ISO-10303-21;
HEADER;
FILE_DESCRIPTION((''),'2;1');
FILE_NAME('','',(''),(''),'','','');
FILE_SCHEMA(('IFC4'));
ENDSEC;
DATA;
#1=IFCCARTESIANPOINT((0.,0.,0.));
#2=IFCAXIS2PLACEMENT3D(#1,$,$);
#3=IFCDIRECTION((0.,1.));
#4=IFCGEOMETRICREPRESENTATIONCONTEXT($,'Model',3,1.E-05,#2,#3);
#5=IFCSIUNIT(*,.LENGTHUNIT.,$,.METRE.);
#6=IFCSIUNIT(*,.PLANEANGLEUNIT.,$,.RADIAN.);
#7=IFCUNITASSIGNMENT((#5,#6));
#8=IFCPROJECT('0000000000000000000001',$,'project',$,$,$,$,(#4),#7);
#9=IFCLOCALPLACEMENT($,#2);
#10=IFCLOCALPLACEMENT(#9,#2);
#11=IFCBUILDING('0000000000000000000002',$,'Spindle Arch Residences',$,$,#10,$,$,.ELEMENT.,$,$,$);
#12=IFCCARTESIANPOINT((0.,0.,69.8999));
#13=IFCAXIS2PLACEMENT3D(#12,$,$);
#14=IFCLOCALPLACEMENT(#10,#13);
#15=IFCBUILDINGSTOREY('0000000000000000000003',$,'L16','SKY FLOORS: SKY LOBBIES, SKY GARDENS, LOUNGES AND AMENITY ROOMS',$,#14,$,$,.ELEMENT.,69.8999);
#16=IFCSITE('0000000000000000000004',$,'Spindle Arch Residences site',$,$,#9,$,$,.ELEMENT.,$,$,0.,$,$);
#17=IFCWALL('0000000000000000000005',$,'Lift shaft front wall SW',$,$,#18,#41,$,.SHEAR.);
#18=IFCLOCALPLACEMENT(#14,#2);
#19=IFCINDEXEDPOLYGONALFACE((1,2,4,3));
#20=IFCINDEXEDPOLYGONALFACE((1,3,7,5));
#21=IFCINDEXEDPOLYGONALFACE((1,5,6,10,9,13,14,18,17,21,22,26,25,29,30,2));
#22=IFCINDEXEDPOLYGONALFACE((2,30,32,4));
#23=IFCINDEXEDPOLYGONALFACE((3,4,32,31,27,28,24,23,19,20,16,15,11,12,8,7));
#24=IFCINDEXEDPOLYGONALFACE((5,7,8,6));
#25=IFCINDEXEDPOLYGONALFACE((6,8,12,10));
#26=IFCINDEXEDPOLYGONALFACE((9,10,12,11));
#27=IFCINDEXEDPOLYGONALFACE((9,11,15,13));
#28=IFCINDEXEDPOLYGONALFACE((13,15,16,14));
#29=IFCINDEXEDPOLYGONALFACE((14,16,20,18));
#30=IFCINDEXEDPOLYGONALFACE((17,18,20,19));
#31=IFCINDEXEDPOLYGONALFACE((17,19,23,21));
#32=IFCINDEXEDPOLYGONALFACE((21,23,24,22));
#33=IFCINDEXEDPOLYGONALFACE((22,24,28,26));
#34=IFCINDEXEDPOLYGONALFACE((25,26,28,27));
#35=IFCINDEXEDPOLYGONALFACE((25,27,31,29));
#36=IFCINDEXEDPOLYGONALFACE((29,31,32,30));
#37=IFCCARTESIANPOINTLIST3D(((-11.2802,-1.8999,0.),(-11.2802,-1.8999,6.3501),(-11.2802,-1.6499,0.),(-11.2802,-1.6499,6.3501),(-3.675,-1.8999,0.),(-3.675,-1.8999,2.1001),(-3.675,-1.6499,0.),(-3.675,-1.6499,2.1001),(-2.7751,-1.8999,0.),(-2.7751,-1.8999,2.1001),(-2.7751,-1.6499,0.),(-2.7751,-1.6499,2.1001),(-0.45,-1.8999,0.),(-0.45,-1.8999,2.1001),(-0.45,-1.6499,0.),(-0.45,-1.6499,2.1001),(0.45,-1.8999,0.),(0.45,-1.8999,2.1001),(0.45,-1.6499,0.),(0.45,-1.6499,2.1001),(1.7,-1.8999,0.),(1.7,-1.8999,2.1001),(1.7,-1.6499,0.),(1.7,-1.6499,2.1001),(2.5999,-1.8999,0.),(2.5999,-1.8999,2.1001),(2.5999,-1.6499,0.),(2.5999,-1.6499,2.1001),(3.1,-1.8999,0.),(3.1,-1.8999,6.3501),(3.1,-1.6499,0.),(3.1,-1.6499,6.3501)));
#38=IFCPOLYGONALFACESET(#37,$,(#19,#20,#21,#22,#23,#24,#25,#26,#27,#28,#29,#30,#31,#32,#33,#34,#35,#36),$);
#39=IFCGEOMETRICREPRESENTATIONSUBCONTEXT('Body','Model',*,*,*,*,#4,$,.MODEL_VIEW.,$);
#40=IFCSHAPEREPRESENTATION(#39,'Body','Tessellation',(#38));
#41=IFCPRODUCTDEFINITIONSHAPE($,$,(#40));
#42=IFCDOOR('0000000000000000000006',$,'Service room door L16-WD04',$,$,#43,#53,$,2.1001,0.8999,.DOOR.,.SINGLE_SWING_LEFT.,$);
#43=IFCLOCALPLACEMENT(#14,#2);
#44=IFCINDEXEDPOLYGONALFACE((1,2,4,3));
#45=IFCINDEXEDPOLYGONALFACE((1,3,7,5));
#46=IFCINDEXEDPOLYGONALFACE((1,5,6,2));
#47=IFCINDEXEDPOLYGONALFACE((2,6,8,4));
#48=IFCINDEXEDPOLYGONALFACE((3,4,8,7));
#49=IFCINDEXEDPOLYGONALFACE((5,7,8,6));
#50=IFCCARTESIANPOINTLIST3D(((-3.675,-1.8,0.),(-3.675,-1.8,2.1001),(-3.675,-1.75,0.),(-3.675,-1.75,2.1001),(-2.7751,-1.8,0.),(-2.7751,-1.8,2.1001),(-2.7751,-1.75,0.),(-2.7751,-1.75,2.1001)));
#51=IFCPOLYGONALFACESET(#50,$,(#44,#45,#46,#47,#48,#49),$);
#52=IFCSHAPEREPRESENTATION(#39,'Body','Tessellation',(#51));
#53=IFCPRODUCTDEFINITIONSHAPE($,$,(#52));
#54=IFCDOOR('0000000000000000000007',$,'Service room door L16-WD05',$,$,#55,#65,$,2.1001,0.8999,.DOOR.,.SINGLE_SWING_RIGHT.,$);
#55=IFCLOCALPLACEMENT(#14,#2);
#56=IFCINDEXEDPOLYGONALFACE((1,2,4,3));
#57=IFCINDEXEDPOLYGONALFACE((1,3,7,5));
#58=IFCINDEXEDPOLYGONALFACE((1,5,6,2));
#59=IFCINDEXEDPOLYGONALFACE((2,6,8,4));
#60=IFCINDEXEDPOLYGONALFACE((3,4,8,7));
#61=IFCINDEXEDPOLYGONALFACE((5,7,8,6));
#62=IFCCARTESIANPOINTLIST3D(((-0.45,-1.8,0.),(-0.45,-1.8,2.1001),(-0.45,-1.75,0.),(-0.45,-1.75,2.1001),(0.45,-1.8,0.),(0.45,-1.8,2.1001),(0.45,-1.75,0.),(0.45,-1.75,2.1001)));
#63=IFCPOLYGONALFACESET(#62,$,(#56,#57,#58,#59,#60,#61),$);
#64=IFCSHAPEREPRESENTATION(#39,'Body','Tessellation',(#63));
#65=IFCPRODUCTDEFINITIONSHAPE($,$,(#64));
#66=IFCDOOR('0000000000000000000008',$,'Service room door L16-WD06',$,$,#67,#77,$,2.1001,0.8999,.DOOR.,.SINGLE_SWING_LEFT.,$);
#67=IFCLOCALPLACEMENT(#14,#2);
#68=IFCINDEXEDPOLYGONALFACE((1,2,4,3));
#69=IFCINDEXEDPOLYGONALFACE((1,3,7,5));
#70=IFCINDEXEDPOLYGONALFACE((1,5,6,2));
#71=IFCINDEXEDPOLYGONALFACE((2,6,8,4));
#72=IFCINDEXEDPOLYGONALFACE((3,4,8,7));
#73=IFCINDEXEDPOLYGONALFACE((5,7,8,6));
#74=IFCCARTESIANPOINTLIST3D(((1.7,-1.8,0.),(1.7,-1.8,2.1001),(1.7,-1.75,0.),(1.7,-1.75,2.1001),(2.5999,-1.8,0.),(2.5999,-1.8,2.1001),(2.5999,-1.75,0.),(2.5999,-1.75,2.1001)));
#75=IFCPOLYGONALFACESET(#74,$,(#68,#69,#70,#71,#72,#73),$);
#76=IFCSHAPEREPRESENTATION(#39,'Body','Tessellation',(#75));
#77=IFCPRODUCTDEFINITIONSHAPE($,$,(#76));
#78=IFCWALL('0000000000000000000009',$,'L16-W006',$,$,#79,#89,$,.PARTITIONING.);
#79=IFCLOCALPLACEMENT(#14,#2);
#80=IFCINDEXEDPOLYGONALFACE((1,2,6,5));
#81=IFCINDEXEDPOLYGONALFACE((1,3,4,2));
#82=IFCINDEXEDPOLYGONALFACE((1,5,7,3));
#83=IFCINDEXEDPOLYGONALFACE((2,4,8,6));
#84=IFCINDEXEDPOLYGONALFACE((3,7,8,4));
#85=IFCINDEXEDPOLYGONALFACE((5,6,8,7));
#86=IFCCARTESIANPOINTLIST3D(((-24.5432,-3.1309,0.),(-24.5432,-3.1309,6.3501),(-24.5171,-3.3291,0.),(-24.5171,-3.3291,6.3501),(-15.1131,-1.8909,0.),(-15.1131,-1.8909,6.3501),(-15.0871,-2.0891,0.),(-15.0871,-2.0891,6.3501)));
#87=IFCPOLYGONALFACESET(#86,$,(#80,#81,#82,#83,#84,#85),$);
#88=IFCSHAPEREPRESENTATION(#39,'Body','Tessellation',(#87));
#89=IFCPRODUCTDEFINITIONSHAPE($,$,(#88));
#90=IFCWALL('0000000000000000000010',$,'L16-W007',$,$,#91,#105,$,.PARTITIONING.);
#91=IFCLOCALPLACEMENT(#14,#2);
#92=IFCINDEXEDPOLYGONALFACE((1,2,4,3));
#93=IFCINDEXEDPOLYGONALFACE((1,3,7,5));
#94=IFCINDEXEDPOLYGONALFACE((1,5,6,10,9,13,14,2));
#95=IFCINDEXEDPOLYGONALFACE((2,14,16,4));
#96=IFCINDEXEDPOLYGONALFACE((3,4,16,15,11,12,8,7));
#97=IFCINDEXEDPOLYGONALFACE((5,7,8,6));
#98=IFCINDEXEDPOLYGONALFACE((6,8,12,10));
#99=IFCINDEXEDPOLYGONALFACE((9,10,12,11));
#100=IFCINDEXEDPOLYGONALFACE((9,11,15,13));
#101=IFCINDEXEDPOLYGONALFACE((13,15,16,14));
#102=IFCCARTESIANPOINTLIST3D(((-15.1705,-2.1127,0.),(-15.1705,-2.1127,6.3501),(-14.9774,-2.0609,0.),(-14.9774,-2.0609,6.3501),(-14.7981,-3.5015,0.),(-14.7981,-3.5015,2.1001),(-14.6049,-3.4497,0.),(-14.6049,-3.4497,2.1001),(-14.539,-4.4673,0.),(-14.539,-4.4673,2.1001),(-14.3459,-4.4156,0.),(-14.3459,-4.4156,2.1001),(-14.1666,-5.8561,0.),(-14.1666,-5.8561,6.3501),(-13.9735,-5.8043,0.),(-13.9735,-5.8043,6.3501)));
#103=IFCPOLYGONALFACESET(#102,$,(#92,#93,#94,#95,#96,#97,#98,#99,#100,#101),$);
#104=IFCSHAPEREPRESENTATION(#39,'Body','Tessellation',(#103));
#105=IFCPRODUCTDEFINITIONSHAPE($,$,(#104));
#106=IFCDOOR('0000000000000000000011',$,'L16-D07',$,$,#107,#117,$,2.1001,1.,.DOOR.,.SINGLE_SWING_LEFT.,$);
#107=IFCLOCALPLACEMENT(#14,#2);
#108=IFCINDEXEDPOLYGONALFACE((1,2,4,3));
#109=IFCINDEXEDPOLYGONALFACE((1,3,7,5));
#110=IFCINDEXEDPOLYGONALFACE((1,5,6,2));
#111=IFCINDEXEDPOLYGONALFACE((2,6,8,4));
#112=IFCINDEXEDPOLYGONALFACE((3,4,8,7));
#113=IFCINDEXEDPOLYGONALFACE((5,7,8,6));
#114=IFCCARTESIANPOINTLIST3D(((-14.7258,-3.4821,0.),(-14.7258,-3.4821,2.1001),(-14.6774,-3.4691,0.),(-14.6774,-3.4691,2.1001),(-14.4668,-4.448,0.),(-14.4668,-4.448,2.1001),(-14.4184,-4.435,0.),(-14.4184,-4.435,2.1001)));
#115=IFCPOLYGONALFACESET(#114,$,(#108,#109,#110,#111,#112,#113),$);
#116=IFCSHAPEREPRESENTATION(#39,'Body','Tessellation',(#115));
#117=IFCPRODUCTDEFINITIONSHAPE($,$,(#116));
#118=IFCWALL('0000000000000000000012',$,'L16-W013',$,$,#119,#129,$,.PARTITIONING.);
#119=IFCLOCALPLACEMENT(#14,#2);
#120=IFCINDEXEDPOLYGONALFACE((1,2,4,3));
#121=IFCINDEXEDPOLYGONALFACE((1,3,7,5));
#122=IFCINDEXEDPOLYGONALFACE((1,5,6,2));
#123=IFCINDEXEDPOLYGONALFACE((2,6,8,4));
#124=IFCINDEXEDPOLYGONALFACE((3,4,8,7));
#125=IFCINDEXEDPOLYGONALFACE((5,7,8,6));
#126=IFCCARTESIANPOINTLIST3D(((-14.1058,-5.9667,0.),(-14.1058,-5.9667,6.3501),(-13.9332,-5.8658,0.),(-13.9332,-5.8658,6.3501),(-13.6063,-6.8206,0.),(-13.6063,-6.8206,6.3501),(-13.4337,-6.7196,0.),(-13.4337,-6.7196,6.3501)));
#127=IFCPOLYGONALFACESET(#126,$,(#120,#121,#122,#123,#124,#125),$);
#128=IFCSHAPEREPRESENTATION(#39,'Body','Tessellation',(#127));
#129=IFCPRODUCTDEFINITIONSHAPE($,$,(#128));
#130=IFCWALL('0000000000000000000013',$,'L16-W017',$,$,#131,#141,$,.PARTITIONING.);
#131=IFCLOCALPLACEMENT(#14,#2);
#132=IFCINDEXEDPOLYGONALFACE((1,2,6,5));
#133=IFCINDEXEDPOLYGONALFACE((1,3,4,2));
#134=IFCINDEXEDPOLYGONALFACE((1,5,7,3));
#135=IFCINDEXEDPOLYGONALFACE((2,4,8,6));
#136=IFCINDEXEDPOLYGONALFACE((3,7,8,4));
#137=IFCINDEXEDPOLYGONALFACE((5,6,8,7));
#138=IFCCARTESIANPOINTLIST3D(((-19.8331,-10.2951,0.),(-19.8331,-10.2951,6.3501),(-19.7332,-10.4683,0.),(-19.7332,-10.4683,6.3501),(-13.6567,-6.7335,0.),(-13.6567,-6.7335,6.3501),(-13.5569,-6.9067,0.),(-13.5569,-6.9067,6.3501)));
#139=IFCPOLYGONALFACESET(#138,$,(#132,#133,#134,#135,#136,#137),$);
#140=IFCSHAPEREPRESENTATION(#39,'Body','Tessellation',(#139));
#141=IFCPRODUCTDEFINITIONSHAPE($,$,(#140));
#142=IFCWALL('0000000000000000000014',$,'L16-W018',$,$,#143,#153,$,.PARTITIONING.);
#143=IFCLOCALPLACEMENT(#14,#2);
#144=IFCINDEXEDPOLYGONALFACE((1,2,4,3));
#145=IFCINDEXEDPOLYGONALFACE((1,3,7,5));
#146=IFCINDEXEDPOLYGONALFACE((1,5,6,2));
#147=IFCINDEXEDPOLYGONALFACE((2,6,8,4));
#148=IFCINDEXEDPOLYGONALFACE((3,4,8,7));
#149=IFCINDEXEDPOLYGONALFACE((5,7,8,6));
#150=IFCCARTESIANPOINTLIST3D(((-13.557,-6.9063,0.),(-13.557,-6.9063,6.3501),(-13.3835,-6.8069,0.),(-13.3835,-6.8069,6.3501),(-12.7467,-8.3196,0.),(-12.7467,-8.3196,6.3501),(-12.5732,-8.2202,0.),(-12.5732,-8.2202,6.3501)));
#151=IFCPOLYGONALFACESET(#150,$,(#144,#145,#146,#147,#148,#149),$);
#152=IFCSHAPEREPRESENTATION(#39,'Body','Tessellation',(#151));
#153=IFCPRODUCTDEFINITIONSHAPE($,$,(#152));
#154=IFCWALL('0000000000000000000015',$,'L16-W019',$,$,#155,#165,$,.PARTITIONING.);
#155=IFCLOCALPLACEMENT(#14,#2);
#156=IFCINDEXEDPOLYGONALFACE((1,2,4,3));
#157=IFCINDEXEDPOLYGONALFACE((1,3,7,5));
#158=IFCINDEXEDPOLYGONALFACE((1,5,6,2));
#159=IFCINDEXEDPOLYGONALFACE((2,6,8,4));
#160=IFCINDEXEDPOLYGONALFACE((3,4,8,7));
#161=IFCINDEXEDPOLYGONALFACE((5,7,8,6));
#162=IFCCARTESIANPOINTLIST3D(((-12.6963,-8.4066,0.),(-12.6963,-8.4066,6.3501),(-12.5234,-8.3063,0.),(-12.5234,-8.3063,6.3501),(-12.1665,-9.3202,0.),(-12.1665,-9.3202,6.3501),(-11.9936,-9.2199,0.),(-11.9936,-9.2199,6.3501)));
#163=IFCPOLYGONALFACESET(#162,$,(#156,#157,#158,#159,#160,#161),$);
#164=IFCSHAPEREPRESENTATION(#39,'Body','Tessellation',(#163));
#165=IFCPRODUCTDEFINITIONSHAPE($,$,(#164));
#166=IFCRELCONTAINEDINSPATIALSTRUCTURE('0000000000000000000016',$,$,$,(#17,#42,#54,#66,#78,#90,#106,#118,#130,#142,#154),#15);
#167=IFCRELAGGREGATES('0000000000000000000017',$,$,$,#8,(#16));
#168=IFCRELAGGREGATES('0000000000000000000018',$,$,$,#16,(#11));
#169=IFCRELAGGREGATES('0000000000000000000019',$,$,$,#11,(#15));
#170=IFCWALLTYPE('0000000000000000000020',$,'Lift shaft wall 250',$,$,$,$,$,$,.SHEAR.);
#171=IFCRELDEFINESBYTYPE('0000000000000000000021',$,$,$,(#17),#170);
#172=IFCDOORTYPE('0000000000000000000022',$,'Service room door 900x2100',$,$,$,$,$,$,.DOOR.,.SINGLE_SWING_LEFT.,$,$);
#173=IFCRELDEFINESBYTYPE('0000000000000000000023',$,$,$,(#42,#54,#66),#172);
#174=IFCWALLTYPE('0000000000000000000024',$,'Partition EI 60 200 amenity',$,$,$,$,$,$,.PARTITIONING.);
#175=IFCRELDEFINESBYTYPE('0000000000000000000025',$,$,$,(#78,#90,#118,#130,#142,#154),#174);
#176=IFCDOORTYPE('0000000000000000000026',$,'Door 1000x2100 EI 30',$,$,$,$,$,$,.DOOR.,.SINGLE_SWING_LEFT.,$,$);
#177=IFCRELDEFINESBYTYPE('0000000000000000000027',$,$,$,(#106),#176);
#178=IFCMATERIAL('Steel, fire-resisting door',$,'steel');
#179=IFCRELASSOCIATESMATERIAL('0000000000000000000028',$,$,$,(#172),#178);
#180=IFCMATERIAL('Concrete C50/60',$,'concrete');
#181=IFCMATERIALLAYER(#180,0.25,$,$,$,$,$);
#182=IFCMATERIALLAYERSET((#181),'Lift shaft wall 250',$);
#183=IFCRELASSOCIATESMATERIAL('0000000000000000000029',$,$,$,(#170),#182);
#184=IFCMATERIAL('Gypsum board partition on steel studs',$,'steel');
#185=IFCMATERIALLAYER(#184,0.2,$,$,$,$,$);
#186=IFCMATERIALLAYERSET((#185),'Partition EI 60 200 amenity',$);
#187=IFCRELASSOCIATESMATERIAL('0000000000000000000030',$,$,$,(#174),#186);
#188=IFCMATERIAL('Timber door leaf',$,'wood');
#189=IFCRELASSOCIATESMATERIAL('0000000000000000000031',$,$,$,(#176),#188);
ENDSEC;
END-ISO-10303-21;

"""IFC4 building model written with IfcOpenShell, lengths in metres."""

from ifc_helpers import new_model, si_unit, direction, frame, frame_2d, origin, place, context, subcontext, project, spatial, rectangle, extrude, material, layer, layer_set, type_object, element, fill, save


model = new_model("IFC4")

# Units and contexts
model_context = context("Model", 3, precision=1e-05, world=origin(), true_north=direction((0.0, 1.0)))
body_context = subcontext(model_context, "Body", "Model", "MODEL_VIEW")
ifc_project = project(units=[si_unit("LENGTHUNIT", "METRE"), si_unit("PLANEANGLEUNIT", "RADIAN")], contexts=[model_context])

# Site, building, storey
site_placement = place(None, origin())
site = spatial("IfcSite", under=ifc_project, at=site_placement, Name="Spindle Arch Residences site", CompositionType="ELEMENT", RefElevation=0.0)
building_placement = place(site_placement, origin())
building = spatial("IfcBuilding", under=site, at=building_placement, Name="Spindle Arch Residences", CompositionType="ELEMENT")
storey_placement = place(building_placement, frame((0.0, 0.0, 69.8999)))
storey = spatial("IfcBuildingStorey", under=building, at=storey_placement, Name="L16", Description="SKY FLOORS: SKY LOBBIES, SKY GARDENS, LOUNGES AND AMENITY ROOMS", CompositionType="ELEMENT", Elevation=69.8999)

# Shared definitions
ifc_material_1 = material(Name="Steel, fire-resisting door", Category="steel")
door_type_1 = type_object("IfcDoorType", Name="Service room door 900x2100", OperationType="SINGLE_SWING_LEFT", PredefinedType="DOOR", material=ifc_material_1)

# Wall, openings, doors
ifc_material_2 = material(Name="Concrete C50/60", Category="concrete")
ifc_layer_1 = layer(ifc_material_2, 0.25)
ifc_layer_set_1 = layer_set([ifc_layer_1], Name="Lift shaft wall 250")
wall_type_1 = type_object("IfcWallType", Name="Lift shaft wall 250", PredefinedType="SHEAR", material=ifc_layer_set_1)
wall_1_placement = place(storey_placement, frame((-11.28, -1.7749, 0.0), z_axis=(0.0, 0.0, 1.0), x_axis=(1.0, 0.0, 0.0)))
wall_1 = element("IfcWall", 1, at=wall_1_placement, inside=storey, type_object=wall_type_1, Name="Lift shaft front wall SW", PredefinedType="SHEAR", context=body_context, shape_type="SweptSolid", body=[
    extrude(rectangle(XDim=14.3801, YDim=0.25, at=frame_2d((7.1899, 0.0))), origin(), (0.0, 0.0, 1.0), 6.3501),
])
opening_1_placement = place(wall_1_placement, frame((7.605, 0.0, 0.0)))
opening_1 = element("IfcOpeningElement", 2, at=opening_1_placement, cuts=wall_1, PredefinedType="OPENING", context=body_context, shape_type="SweptSolid", body=[
    extrude(rectangle(XDim=0.8999, YDim=2.1001, at=frame_2d((0.45, 1.05))), frame((0.0, 0.135, 0.0), z_axis=(0.0, -1.0, 0.0), x_axis=(1.0, 0.0, 0.0)), (0.0, 0.0, 1.0), 0.27),
])
opening_2_placement = place(wall_1_placement, frame((10.8301, 0.0, 0.0)))
opening_2 = element("IfcOpeningElement", 3, at=opening_2_placement, cuts=wall_1, PredefinedType="OPENING", context=body_context, shape_type="SweptSolid", body=[
    extrude(rectangle(XDim=0.8999, YDim=2.1001, at=frame_2d((0.45, 1.05))), frame((0.0, 0.135, 0.0), z_axis=(0.0, -1.0, 0.0), x_axis=(1.0, 0.0, 0.0)), (0.0, 0.0, 1.0), 0.27),
])
opening_3_placement = place(wall_1_placement, frame((12.98, 0.0, 0.0)))
opening_3 = element("IfcOpeningElement", 4, at=opening_3_placement, cuts=wall_1, PredefinedType="OPENING", context=body_context, shape_type="SweptSolid", body=[
    extrude(rectangle(XDim=0.8999, YDim=2.1001, at=frame_2d((0.45, 1.05))), frame((0.0, 0.135, 0.0), z_axis=(0.0, -1.0, 0.0), x_axis=(1.0, 0.0, 0.0)), (0.0, 0.0, 1.0), 0.27),
])
door_1_placement = place(opening_1_placement, origin())
door_1 = element("IfcDoor", 5, at=door_1_placement, inside=storey, type_object=door_type_1, Name="Service room door L16-WD04", OperationType="SINGLE_SWING_LEFT", OverallHeight=2.1001, OverallWidth=0.8999, PredefinedType="DOOR", context=body_context, shape_type="SweptSolid", body=[
    extrude(rectangle(XDim=0.8999, YDim=2.1001, at=frame_2d((0.45, 1.05))), frame((0.0, 0.0249, 0.0), z_axis=(0.0, -1.0, 0.0), x_axis=(1.0, 0.0, 0.0)), (0.0, 0.0, 1.0), 0.05),
])
fill(opening_1, door_1)
door_2_placement = place(opening_2_placement, origin())
door_2 = element("IfcDoor", 6, at=door_2_placement, inside=storey, type_object=door_type_1, Name="Service room door L16-WD05", OperationType="SINGLE_SWING_RIGHT", OverallHeight=2.1001, OverallWidth=0.8999, PredefinedType="DOOR", context=body_context, shape_type="SweptSolid", body=[
    extrude(rectangle(XDim=0.8999, YDim=2.1001, at=frame_2d((0.45, 1.05))), frame((0.0, 0.0249, 0.0), z_axis=(0.0, -1.0, 0.0), x_axis=(1.0, 0.0, 0.0)), (0.0, 0.0, 1.0), 0.05),
])
fill(opening_2, door_2)
door_3_placement = place(opening_3_placement, origin())
door_3 = element("IfcDoor", 7, at=door_3_placement, inside=storey, type_object=door_type_1, Name="Service room door L16-WD06", OperationType="SINGLE_SWING_LEFT", OverallHeight=2.1001, OverallWidth=0.8999, PredefinedType="DOOR", context=body_context, shape_type="SweptSolid", body=[
    extrude(rectangle(XDim=0.8999, YDim=2.1001, at=frame_2d((0.45, 1.05))), frame((0.0, 0.0249, 0.0), z_axis=(0.0, -1.0, 0.0), x_axis=(1.0, 0.0, 0.0)), (0.0, 0.0, 1.0), 0.05),
])
fill(opening_3, door_3)

# Wall
ifc_material_3 = material(Name="Gypsum board partition on steel studs", Category="steel")
ifc_layer_2 = layer(ifc_material_3, 0.2)
ifc_layer_set_2 = layer_set([ifc_layer_2], Name="Partition EI 60 200 amenity")
wall_type_2 = type_object("IfcWallType", Name="Partition EI 60 200 amenity", PredefinedType="PARTITIONING", material=ifc_layer_set_2)
wall_2_placement = place(storey_placement, frame((-15.1001, -1.99, 0.0), z_axis=(0.0, 0.0, 1.0), x_axis=(-0.991465, -0.130373, 0.0)))
element("IfcWall", 8, at=wall_2_placement, inside=storey, type_object=wall_type_2, Name="L16-W006", PredefinedType="PARTITIONING", context=body_context, shape_type="SweptSolid", body=[
    extrude(rectangle(XDim=9.5112, YDim=0.2, at=frame_2d((4.7556, 0.0))), origin(), (0.0, 0.0, 1.0), 6.3501),
])

# Wall, opening, door
wall_3_placement = place(storey_placement, frame((-15.074, -2.0867, 0.0), z_axis=(0.0, 0.0, 1.0), x_axis=(0.259027, -0.96587, 0.0)))
wall_3 = element("IfcWall", 9, at=wall_3_placement, inside=storey, type_object=wall_type_2, Name="L16-W007", PredefinedType="PARTITIONING", context=body_context, shape_type="SweptSolid", body=[
    extrude(rectangle(XDim=3.8757, YDim=0.2, at=frame_2d((1.938, 0.0))), origin(), (0.0, 0.0, 1.0), 6.3501),
])
opening_4_placement = place(wall_3_placement, frame((1.438, 0.0, 0.0)))
opening_4 = element("IfcOpeningElement", 10, at=opening_4_placement, cuts=wall_3, PredefinedType="OPENING", context=body_context, shape_type="SweptSolid", body=[
    extrude(rectangle(XDim=1.0, YDim=2.1001, at=frame_2d((0.5, 1.05))), frame((0.0, 0.1099, 0.0), z_axis=(0.0, -1.0, 0.0), x_axis=(1.0, 0.0, 0.0)), (0.0, 0.0, 1.0), 0.22),
])
ifc_material_4 = material(Name="Timber door leaf", Category="wood")
door_type_2 = type_object("IfcDoorType", Name="Door 1000x2100 EI 30", OperationType="SINGLE_SWING_LEFT", PredefinedType="DOOR", material=ifc_material_4)
door_4_placement = place(opening_4_placement, origin())
door_4 = element("IfcDoor", 11, at=door_4_placement, inside=storey, type_object=door_type_2, Name="L16-D07", OperationType="SINGLE_SWING_LEFT", OverallHeight=2.1001, OverallWidth=1.0, PredefinedType="DOOR", context=body_context, shape_type="SweptSolid", body=[
    extrude(rectangle(XDim=1.0, YDim=2.1001, at=frame_2d((0.5, 1.05))), frame((0.0, 0.0249, 0.0), z_axis=(0.0, -1.0, 0.0), x_axis=(1.0, 0.0, 0.0)), (0.0, 0.0, 1.0), 0.05),
])
fill(opening_4, door_4)

# Walls
wall_4_placement = place(storey_placement, frame((-14.0195, -5.9163, 0.0), z_axis=(0.0, 0.0, 1.0), x_axis=(0.504991, -0.863125, 0.0)))
element("IfcWall", 12, at=wall_4_placement, inside=storey, type_object=wall_type_2, Name="L16-W013", PredefinedType="PARTITIONING", context=body_context, shape_type="SweptSolid", body=[
    extrude(rectangle(XDim=0.9893, YDim=0.2, at=frame_2d((0.4946, 0.0))), origin(), (0.0, 0.0, 1.0), 6.3501),
])
wall_5_placement = place(storey_placement, frame((-13.6067, -6.8201, 0.0), z_axis=(0.0, 0.0, 1.0), x_axis=(-0.866289, -0.499543, 0.0)))
element("IfcWall", 13, at=wall_5_placement, inside=storey, type_object=wall_type_2, Name="L16-W017", PredefinedType="PARTITIONING", context=body_context, shape_type="SweptSolid", body=[
    extrude(rectangle(XDim=7.1296, YDim=0.2, at=frame_2d((3.5649, 0.0))), origin(), (0.0, 0.0, 1.0), 6.3501),
])
wall_6_placement = place(storey_placement, frame((-13.4702, -6.8567, 0.0), z_axis=(0.0, 0.0, 1.0), x_axis=(0.497381, -0.867532, 0.0)))
element("IfcWall", 14, at=wall_6_placement, inside=storey, type_object=wall_type_2, Name="L16-W018", PredefinedType="PARTITIONING", context=body_context, shape_type="SweptSolid", body=[
    extrude(rectangle(XDim=1.6292, YDim=0.2, at=frame_2d((0.8145, 0.0))), origin(), (0.0, 0.0, 1.0), 6.3501),
])
wall_7_placement = place(storey_placement, frame((-12.6099, -8.3564, 0.0), z_axis=(0.0, 0.0, 1.0), x_axis=(0.501656, -0.865067, 0.0)))
element("IfcWall", 15, at=wall_7_placement, inside=storey, type_object=wall_type_2, Name="L16-W019", PredefinedType="PARTITIONING", context=body_context, shape_type="SweptSolid", body=[
    extrude(rectangle(XDim=1.0562, YDim=0.2, at=frame_2d((0.5281, 0.0))), origin(), (0.0, 0.0, 1.0), 6.3501),
])

save(model, "model.ifc")
